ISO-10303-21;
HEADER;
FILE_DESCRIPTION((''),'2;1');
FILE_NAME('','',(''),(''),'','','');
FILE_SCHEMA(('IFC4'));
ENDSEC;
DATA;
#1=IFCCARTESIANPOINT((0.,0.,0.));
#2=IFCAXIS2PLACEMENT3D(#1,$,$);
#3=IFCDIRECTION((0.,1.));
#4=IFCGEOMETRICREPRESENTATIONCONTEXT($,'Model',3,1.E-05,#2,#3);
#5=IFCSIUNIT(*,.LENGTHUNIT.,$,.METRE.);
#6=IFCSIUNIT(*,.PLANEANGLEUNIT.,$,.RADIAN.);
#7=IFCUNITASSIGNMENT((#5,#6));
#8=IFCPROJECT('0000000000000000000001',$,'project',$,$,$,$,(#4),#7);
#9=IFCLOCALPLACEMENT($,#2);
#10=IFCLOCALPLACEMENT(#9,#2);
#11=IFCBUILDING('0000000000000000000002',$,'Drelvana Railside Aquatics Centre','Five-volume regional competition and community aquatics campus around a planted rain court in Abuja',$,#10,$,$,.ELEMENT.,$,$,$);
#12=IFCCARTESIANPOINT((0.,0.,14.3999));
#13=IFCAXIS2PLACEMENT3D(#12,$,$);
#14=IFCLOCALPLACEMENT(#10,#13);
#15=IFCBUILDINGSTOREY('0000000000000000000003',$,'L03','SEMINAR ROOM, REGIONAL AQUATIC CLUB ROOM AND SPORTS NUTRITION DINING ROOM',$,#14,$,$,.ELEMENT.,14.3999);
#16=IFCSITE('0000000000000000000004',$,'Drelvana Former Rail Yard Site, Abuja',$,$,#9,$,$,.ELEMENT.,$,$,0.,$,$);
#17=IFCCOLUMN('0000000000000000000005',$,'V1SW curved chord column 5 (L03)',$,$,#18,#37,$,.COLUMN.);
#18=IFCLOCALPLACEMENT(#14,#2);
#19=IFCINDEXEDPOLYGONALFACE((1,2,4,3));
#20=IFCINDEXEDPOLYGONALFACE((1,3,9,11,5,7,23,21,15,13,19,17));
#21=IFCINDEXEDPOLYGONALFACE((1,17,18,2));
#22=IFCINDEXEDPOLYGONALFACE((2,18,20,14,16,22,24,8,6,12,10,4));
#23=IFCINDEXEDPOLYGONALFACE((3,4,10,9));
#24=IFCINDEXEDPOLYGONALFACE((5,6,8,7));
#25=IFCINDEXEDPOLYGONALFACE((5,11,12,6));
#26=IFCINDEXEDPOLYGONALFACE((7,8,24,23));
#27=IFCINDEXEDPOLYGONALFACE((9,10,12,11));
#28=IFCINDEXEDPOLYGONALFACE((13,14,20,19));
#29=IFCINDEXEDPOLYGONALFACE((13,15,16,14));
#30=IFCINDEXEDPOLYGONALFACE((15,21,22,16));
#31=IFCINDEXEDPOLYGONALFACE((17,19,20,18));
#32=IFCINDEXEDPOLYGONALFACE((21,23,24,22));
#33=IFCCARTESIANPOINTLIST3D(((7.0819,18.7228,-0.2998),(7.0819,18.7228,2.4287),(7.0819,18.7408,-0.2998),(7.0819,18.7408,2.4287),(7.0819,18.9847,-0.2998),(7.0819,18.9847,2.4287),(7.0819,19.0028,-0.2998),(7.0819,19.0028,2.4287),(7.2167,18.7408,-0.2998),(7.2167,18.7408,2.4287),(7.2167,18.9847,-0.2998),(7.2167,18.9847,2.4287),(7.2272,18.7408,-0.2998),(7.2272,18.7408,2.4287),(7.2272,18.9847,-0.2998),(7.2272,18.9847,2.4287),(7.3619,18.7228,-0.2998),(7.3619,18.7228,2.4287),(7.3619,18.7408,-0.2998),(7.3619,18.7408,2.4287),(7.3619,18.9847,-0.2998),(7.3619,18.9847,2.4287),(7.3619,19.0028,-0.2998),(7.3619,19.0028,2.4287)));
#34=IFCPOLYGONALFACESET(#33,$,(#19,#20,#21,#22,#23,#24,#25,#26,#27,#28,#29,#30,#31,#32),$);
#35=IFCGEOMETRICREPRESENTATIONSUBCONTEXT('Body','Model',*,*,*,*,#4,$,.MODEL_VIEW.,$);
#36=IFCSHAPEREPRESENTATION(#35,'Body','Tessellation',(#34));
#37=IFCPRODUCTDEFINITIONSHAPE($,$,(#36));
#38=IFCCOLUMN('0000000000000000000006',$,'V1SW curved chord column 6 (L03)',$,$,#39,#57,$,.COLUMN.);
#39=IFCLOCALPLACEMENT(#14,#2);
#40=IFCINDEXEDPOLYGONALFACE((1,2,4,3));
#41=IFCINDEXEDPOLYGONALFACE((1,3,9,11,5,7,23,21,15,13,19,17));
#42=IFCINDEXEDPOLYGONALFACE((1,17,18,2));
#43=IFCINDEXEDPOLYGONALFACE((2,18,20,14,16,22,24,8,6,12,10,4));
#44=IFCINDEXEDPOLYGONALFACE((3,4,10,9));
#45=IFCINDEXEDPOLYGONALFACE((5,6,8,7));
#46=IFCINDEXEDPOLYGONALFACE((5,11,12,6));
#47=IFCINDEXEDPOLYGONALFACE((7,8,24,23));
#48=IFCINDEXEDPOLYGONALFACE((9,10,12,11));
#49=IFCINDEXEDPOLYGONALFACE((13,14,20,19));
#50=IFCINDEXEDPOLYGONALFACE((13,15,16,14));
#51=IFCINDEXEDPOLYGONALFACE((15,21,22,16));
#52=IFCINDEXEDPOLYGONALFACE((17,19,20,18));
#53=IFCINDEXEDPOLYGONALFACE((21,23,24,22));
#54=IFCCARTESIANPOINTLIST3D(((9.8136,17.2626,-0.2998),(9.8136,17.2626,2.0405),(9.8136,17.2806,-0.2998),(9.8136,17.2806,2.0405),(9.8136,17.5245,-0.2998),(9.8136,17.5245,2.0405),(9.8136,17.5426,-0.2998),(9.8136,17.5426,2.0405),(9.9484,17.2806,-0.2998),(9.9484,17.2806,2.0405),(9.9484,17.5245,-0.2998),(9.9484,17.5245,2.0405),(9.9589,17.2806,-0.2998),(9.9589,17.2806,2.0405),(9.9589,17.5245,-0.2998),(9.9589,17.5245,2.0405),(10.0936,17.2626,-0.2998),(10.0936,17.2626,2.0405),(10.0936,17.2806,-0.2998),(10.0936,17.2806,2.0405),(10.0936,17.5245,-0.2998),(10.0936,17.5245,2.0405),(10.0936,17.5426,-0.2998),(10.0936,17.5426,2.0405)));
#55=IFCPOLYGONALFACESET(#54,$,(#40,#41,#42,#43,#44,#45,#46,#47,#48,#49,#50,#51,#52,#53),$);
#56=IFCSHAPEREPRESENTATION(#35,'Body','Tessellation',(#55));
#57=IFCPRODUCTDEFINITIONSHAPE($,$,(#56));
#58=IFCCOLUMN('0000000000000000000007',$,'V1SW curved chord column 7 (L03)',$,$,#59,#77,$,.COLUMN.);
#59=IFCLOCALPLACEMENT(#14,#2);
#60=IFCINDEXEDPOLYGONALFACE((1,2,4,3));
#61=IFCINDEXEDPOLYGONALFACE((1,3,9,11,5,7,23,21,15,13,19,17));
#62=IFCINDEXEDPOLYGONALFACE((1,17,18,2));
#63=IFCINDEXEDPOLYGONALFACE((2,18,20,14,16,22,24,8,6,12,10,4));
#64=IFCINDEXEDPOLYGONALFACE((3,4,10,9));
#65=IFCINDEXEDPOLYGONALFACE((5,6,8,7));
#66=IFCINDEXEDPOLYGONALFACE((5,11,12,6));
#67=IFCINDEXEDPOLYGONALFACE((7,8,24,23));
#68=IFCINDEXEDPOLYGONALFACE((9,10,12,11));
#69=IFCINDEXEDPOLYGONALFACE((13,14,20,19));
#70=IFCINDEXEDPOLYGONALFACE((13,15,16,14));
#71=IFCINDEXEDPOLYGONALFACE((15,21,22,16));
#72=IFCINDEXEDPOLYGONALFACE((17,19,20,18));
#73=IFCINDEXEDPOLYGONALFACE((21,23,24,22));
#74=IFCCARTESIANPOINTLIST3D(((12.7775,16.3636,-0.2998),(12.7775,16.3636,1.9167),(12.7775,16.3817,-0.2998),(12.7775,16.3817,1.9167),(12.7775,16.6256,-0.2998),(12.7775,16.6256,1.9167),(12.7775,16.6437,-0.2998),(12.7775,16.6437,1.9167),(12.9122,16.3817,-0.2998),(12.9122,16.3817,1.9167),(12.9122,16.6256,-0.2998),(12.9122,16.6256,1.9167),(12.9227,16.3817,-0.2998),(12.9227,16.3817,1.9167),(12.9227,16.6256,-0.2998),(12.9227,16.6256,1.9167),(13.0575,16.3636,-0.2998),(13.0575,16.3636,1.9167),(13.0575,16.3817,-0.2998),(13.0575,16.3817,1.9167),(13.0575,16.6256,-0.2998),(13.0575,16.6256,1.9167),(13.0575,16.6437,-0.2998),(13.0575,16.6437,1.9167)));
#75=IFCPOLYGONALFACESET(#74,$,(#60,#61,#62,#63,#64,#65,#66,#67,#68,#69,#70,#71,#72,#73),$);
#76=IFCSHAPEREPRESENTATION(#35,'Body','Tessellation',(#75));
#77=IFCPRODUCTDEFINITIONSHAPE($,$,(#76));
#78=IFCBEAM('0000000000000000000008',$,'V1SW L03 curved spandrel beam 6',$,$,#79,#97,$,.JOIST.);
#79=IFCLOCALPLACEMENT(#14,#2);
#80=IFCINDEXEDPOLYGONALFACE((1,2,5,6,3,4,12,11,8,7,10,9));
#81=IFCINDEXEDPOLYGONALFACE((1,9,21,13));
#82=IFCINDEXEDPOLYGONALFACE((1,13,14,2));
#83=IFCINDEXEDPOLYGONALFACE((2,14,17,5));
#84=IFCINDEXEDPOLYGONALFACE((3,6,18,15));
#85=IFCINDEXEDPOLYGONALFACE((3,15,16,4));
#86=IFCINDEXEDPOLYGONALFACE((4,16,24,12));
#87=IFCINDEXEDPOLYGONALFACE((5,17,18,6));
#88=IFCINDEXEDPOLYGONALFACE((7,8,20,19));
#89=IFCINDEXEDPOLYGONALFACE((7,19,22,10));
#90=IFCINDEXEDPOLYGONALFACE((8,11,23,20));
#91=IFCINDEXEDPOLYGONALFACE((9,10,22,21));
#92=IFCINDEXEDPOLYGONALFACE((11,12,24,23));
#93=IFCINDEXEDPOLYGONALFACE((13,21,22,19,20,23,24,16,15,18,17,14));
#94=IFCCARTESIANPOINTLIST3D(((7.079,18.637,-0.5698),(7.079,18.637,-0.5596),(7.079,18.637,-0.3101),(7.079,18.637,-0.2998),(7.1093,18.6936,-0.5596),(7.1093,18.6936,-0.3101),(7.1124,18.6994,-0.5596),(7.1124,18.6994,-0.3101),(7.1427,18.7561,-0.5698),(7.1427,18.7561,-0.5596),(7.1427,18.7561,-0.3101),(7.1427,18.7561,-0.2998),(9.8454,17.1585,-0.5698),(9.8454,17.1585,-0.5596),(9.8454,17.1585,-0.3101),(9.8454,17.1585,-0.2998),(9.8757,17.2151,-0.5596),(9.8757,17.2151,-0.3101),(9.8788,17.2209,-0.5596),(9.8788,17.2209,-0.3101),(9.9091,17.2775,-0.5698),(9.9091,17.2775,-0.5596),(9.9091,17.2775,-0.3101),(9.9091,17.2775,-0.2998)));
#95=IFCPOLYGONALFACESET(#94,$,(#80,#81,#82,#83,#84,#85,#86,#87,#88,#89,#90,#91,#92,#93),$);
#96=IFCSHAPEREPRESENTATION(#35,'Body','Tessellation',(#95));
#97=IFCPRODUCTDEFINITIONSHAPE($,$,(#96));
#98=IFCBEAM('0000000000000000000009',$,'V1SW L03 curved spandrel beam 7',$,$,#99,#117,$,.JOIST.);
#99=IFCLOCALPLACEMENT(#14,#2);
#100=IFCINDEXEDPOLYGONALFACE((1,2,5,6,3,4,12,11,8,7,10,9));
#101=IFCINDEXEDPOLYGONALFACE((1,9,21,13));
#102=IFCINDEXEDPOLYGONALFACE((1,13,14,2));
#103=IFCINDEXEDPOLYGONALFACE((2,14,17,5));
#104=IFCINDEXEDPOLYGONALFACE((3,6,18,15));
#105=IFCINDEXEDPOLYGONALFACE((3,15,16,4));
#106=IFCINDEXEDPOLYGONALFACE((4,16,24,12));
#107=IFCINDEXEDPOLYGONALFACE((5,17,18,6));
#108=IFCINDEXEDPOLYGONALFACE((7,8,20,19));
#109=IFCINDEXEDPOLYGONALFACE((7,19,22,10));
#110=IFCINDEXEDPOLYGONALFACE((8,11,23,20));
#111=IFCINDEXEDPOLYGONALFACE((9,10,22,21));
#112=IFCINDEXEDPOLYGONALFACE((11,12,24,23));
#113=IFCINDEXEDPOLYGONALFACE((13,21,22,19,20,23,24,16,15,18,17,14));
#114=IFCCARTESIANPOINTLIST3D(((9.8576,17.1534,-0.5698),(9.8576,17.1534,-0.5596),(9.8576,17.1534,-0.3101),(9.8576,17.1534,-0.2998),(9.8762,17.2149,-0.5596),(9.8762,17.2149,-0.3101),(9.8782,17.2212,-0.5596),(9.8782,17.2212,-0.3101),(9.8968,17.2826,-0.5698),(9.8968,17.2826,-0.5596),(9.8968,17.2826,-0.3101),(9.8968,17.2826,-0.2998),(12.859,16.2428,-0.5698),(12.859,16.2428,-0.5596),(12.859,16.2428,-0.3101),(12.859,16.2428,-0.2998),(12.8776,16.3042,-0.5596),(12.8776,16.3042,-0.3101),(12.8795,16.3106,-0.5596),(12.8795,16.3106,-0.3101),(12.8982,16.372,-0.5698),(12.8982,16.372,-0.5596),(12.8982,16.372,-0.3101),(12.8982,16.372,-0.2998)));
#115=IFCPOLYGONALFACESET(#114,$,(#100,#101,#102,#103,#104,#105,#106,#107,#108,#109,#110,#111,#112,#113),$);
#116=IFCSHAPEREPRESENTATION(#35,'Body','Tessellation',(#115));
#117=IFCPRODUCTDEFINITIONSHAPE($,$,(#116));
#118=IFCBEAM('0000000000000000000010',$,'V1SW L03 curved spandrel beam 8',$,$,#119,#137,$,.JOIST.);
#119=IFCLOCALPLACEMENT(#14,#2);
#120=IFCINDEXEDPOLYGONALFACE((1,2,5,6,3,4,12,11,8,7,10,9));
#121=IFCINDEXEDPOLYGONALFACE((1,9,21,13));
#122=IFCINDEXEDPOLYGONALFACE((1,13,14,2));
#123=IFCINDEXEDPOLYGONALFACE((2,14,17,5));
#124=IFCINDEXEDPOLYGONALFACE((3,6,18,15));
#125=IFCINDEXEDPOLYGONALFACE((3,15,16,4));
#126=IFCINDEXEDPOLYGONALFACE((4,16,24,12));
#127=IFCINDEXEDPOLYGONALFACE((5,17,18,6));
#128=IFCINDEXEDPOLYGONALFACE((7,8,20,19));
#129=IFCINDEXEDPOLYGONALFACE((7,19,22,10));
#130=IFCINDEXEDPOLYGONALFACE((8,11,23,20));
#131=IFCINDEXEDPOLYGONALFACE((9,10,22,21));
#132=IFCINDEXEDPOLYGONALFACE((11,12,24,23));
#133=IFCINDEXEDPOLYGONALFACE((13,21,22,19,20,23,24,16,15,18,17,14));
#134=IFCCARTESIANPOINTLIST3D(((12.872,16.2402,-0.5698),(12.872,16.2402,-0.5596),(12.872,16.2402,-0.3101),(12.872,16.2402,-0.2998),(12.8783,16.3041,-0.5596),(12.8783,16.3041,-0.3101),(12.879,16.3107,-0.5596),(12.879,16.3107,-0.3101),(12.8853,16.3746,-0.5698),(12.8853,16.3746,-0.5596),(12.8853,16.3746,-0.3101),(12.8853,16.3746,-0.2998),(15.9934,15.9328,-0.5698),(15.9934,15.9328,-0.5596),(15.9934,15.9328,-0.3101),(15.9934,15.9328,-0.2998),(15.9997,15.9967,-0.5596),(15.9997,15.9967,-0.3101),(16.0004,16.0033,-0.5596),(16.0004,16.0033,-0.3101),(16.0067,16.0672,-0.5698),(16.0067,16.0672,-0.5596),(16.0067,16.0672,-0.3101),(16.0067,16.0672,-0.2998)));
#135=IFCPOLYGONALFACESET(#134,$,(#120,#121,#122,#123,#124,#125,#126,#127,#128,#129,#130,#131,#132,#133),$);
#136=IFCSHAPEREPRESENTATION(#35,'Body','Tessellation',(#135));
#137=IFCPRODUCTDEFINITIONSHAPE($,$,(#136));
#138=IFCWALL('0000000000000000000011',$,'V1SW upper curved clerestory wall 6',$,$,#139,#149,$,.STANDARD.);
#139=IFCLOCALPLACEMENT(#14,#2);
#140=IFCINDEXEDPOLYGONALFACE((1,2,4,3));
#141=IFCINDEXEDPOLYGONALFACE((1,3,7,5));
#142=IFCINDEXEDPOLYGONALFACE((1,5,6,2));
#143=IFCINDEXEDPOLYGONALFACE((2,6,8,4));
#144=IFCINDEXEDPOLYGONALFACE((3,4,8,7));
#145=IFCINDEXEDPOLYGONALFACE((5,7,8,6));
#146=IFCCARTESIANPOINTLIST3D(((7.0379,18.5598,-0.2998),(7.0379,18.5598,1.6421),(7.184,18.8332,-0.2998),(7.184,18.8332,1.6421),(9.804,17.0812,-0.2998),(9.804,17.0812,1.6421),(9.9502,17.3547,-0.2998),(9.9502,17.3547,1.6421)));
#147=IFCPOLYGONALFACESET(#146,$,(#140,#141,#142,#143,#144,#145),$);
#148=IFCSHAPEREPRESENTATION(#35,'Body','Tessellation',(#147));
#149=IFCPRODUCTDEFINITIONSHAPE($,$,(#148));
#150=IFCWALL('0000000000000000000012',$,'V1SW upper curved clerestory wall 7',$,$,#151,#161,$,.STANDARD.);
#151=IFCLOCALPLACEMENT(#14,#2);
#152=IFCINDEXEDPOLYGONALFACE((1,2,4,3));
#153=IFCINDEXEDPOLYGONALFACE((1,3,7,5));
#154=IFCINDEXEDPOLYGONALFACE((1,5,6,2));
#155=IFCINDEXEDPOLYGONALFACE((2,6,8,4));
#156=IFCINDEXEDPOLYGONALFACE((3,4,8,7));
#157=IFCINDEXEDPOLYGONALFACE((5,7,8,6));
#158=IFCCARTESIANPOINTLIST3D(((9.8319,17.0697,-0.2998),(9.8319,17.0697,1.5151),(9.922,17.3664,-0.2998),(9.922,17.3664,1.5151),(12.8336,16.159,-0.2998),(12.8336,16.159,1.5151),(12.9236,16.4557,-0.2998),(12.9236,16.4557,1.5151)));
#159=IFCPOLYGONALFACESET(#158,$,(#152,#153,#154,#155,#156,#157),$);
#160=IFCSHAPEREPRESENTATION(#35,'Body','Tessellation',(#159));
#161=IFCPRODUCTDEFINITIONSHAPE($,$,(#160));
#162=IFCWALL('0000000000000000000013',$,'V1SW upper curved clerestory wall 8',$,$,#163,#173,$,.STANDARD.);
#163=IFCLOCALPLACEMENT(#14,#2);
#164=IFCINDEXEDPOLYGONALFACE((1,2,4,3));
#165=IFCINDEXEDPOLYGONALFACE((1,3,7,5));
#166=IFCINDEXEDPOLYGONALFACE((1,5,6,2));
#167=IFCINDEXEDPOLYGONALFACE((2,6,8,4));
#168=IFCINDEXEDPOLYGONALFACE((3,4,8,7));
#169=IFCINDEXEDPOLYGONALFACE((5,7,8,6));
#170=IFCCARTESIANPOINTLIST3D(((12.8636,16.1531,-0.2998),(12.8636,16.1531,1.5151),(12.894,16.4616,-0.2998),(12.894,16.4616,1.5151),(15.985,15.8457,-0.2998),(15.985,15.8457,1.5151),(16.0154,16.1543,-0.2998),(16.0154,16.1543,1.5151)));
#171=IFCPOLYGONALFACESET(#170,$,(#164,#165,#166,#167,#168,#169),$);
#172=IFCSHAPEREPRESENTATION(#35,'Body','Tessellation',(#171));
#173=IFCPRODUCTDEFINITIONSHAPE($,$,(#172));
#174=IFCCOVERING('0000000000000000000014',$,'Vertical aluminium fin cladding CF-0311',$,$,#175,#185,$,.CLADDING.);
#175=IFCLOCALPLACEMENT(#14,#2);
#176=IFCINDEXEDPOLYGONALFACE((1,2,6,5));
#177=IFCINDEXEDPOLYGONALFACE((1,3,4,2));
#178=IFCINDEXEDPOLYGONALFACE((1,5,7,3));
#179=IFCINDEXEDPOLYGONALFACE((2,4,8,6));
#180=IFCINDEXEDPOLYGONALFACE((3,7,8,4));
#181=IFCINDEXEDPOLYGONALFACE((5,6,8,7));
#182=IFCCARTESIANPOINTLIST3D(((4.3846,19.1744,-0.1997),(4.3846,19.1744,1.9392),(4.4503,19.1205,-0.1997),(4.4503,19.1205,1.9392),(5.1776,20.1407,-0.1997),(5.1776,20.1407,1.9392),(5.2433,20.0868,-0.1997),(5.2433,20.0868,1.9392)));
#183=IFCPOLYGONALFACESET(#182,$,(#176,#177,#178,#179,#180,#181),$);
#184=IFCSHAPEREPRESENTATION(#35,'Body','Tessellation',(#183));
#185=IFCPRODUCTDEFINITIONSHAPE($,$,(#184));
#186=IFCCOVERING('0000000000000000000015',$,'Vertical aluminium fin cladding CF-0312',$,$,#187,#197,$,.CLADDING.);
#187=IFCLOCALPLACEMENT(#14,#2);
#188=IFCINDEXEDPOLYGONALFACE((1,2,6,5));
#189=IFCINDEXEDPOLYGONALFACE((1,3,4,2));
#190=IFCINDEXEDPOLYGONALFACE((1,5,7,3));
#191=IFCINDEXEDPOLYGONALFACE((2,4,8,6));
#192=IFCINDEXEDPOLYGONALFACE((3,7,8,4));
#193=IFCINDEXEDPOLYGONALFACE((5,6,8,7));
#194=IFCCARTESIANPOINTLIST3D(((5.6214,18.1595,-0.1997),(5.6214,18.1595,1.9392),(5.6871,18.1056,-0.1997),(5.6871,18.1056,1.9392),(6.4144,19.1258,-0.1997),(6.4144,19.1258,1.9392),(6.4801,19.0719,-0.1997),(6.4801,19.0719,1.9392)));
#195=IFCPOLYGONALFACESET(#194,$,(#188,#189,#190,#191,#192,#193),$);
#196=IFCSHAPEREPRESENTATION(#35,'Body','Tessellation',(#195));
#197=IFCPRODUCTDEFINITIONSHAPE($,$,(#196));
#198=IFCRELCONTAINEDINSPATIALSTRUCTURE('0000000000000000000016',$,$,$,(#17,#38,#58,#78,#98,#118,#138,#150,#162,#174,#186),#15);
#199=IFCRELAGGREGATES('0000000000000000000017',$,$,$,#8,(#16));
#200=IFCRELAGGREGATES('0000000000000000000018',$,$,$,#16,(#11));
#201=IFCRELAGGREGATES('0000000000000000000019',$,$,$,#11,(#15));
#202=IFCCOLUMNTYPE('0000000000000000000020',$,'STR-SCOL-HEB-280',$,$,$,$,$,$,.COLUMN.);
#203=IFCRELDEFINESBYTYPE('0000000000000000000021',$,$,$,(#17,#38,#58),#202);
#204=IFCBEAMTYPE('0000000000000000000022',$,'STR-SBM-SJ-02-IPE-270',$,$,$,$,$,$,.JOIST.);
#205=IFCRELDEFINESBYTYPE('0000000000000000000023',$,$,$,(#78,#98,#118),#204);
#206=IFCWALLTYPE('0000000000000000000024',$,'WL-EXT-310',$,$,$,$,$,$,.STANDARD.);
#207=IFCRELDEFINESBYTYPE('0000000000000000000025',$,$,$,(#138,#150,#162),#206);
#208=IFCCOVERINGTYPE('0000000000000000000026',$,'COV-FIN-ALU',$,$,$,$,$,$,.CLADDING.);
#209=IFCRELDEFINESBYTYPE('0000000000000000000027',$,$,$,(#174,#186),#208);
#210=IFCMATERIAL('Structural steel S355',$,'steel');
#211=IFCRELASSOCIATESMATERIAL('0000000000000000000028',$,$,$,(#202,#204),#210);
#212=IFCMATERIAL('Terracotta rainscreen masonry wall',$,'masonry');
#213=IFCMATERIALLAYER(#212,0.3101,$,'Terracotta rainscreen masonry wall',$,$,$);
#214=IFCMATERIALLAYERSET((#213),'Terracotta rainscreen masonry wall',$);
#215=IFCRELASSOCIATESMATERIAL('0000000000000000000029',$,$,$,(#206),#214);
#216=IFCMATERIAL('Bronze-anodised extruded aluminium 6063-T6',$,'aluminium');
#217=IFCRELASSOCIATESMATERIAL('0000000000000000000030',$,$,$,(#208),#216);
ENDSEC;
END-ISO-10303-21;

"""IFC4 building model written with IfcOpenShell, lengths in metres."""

from ifc_helpers import new_model, si_unit, direction, frame, frame_2d, origin, origin_2d, place, context, subcontext, project, spatial, rectangle, i_section, extrude, material, layer, layer_set, material_profile, profile_set, type_object, element, save


model = new_model("IFC4")

# Units and contexts
model_context = context("Model", 3, precision=1e-05, world=origin(), true_north=direction((0.0, 1.0)))
body_context = subcontext(model_context, "Body", "Model", "MODEL_VIEW")
ifc_project = project(units=[si_unit("LENGTHUNIT", "METRE"), si_unit("PLANEANGLEUNIT", "RADIAN")], contexts=[model_context])

# Site, building, storey
site_placement = place(None, origin())
site = spatial("IfcSite", under=ifc_project, at=site_placement, Name="Drelvana Former Rail Yard Site, Abuja", CompositionType="ELEMENT", RefElevation=0.0)
building_placement = place(site_placement, origin())
building = spatial("IfcBuilding", under=site, at=building_placement, Name="Drelvana Railside Aquatics Centre", Description="Five-volume regional competition and community aquatics campus around a planted rain court in Abuja", CompositionType="ELEMENT")
storey_placement = place(building_placement, frame((0.0, 0.0, 14.3999)))
storey = spatial("IfcBuildingStorey", under=building, at=storey_placement, Name="L03", Description="SEMINAR ROOM, REGIONAL AQUATIC CLUB ROOM AND SPORTS NUTRITION DINING ROOM", CompositionType="ELEMENT", Elevation=14.3999)

# Columns
ifc_material_1 = material(Name="Structural steel S355", Category="steel")
ifc_material_profile_1 = material_profile(ifc_material_1, i_section(OverallWidth=0.28, OverallDepth=0.28, WebThickness=0.0105, FlangeThickness=0.0181, at=origin_2d()), Name="HEB 280")
ifc_profile_set_1 = profile_set([ifc_material_profile_1], Name="Structural steel S355")
column_type = type_object("IfcColumnType", Name="STR-SCOL-HEB-280", PredefinedType="COLUMN", material=ifc_profile_set_1)
column_1_placement = place(storey_placement, frame((7.2219, 18.8628, -0.2998), z_axis=(0.0, 0.0, 1.0), x_axis=(1.0, 0.0, 0.0)))
element("IfcColumn", 1, at=column_1_placement, inside=storey, type_object=column_type, Name="V1SW curved chord column 5 (L03)", PredefinedType="COLUMN", context=body_context, shape_type="SweptSolid", body=[
    extrude(i_section(OverallWidth=0.28, OverallDepth=0.28, WebThickness=0.0105, FlangeThickness=0.0181, at=origin_2d()), origin(), (0.0, 0.0, 1.0), 2.7285),
])
column_2_placement = place(storey_placement, frame((9.9536, 17.4026, -0.2998), z_axis=(0.0, 0.0, 1.0), x_axis=(1.0, 0.0, 0.0)))
element("IfcColumn", 2, at=column_2_placement, inside=storey, type_object=column_type, Name="V1SW curved chord column 6 (L03)", PredefinedType="COLUMN", context=body_context, shape_type="SweptSolid", body=[
    extrude(i_section(OverallWidth=0.28, OverallDepth=0.28, WebThickness=0.0105, FlangeThickness=0.0181, at=origin_2d()), origin(), (0.0, 0.0, 1.0), 2.3403),
])
column_3_placement = place(storey_placement, frame((12.9175, 16.5037, -0.2998), z_axis=(0.0, 0.0, 1.0), x_axis=(1.0, 0.0, 0.0)))
element("IfcColumn", 3, at=column_3_placement, inside=storey, type_object=column_type, Name="V1SW curved chord column 7 (L03)", PredefinedType="COLUMN", context=body_context, shape_type="SweptSolid", body=[
    extrude(i_section(OverallWidth=0.28, OverallDepth=0.28, WebThickness=0.0105, FlangeThickness=0.0181, at=origin_2d()), origin(), (0.0, 0.0, 1.0), 2.2166),
])

# Beams
ifc_material_profile_2 = material_profile(ifc_material_1, i_section(OverallWidth=0.135, OverallDepth=0.27, WebThickness=0.0066, FlangeThickness=0.0103, at=origin_2d()), Name="IPE 270")
ifc_profile_set_2 = profile_set([ifc_material_profile_2], Name="Structural steel S355")
beam_type = type_object("IfcBeamType", Name="STR-SBM-SJ-02-IPE-270", PredefinedType="JOIST", material=ifc_profile_set_2)
beam_placement = place(storey_placement, frame((7.1108, 18.6965, -0.4348), z_axis=(0.881939, -0.471364, 0.0), x_axis=(0.471364, 0.881939, 0.0)))
element("IfcBeam", 4, at=beam_placement, inside=storey, type_object=beam_type, Name="V1SW L03 curved spandrel beam 6", PredefinedType="JOIST", context=body_context, shape_type="SweptSolid", body=[
    extrude(i_section(OverallWidth=0.135, OverallDepth=0.27, WebThickness=0.0066, FlangeThickness=0.0103, at=origin_2d()), origin(), (0.0, 0.0, 1.0), 3.1367),
])
for number, where, z_axis, x_axis, name in (
    (5, (9.8772, 17.218, -0.4348), (0.956926, -0.290331, 0.0), (0.290331, 0.956926, 0.0), "V1SW L03 curved spandrel beam 7"),
    (6, (12.8787, 16.3074, -0.4348), (0.995186, -0.098001, 0.0), (0.098001, 0.995186, 0.0), "V1SW L03 curved spandrel beam 8"),
):
    element("IfcBeam", number, at=place(storey_placement, frame(where, z_axis=z_axis, x_axis=x_axis)), inside=storey, type_object=beam_type, Name=name, PredefinedType="JOIST", context=body_context, shape_type="SweptSolid", body=[
        extrude(i_section(OverallWidth=0.135, OverallDepth=0.27, WebThickness=0.0066, FlangeThickness=0.0103, at=origin_2d()), origin(), (0.0, 0.0, 1.0), 3.1365),
    ])

# Walls
ifc_material_2 = material(Name="Terracotta rainscreen masonry wall", Category="masonry")
ifc_layer = layer(ifc_material_2, 0.3101, Name="Terracotta rainscreen masonry wall")
ifc_layer_set = layer_set([ifc_layer], Name="Terracotta rainscreen masonry wall")
wall_type = type_object("IfcWallType", Name="WL-EXT-310", PredefinedType="STANDARD", material=ifc_layer_set)
wall_1_placement = place(storey_placement, frame((7.1108, 18.6965, -0.2998), z_axis=(0.0, 0.0, 1.0), x_axis=(0.881922, -0.471396, 0.0)))
element("IfcWall", 7, at=wall_1_placement, inside=storey, type_object=wall_type, Name="V1SW upper curved clerestory wall 6", PredefinedType="STANDARD", context=body_context, shape_type="SweptSolid", body=[
    extrude(rectangle(XDim=3.1365, YDim=0.3101, at=frame_2d((1.5684, 0.0))), origin(), (0.0, 0.0, 1.0), 1.9419),
])
wall_2_placement = place(storey_placement, frame((9.877, 17.218, -0.2998), z_axis=(0.0, 0.0, 1.0), x_axis=(0.956933, -0.29031, 0.0)))
element("IfcWall", 8, at=wall_2_placement, inside=storey, type_object=wall_type, Name="V1SW upper curved clerestory wall 7", PredefinedType="STANDARD", context=body_context, shape_type="SweptSolid", body=[
    extrude(rectangle(XDim=3.1367, YDim=0.3101, at=frame_2d((1.5684, 0.0))), origin(), (0.0, 0.0, 1.0), 1.8149),
])
wall_3_placement = place(storey_placement, frame((12.8787, 16.3074, -0.2998), z_axis=(0.0, 0.0, 1.0), x_axis=(0.995186, -0.098001, 0.0)))
element("IfcWall", 9, at=wall_3_placement, inside=storey, type_object=wall_type, Name="V1SW upper curved clerestory wall 8", PredefinedType="STANDARD", context=body_context, shape_type="SweptSolid", body=[
    extrude(rectangle(XDim=3.1365, YDim=0.3101, at=frame_2d((1.5684, 0.0))), origin(), (0.0, 0.0, 1.0), 1.8149),
])

# Coverings
ifc_material_3 = material(Name="Bronze-anodised extruded aluminium 6063-T6", Category="aluminium")
covering_type = type_object("IfcCoveringType", Name="COV-FIN-ALU", PredefinedType="CLADDING", material=ifc_material_3)
for number, where, z_axis, x_axis, name in (
    (10, (4.814, 19.6306, -0.1997), (0.0, 0.0, 1.0), (-0.77301, 0.634393, 0.0), "Vertical aluminium fin cladding CF-0311"),
    (11, (6.0508, 18.6157, -0.1997), (0.0, 0.0, 1.0), (-0.77301, 0.634393, 0.0), "Vertical aluminium fin cladding CF-0312"),
):
    element("IfcCovering", number, at=place(storey_placement, frame(where, z_axis=z_axis, x_axis=x_axis)), inside=storey, type_object=covering_type, Name=name, PredefinedType="CLADDING", context=body_context, shape_type="SweptSolid", body=[
        extrude(rectangle(XDim=0.085, YDim=1.25, at=origin_2d()), origin(), (0.0, 0.0, 1.0), 2.1389),
    ])

save(model, "model.ifc")
